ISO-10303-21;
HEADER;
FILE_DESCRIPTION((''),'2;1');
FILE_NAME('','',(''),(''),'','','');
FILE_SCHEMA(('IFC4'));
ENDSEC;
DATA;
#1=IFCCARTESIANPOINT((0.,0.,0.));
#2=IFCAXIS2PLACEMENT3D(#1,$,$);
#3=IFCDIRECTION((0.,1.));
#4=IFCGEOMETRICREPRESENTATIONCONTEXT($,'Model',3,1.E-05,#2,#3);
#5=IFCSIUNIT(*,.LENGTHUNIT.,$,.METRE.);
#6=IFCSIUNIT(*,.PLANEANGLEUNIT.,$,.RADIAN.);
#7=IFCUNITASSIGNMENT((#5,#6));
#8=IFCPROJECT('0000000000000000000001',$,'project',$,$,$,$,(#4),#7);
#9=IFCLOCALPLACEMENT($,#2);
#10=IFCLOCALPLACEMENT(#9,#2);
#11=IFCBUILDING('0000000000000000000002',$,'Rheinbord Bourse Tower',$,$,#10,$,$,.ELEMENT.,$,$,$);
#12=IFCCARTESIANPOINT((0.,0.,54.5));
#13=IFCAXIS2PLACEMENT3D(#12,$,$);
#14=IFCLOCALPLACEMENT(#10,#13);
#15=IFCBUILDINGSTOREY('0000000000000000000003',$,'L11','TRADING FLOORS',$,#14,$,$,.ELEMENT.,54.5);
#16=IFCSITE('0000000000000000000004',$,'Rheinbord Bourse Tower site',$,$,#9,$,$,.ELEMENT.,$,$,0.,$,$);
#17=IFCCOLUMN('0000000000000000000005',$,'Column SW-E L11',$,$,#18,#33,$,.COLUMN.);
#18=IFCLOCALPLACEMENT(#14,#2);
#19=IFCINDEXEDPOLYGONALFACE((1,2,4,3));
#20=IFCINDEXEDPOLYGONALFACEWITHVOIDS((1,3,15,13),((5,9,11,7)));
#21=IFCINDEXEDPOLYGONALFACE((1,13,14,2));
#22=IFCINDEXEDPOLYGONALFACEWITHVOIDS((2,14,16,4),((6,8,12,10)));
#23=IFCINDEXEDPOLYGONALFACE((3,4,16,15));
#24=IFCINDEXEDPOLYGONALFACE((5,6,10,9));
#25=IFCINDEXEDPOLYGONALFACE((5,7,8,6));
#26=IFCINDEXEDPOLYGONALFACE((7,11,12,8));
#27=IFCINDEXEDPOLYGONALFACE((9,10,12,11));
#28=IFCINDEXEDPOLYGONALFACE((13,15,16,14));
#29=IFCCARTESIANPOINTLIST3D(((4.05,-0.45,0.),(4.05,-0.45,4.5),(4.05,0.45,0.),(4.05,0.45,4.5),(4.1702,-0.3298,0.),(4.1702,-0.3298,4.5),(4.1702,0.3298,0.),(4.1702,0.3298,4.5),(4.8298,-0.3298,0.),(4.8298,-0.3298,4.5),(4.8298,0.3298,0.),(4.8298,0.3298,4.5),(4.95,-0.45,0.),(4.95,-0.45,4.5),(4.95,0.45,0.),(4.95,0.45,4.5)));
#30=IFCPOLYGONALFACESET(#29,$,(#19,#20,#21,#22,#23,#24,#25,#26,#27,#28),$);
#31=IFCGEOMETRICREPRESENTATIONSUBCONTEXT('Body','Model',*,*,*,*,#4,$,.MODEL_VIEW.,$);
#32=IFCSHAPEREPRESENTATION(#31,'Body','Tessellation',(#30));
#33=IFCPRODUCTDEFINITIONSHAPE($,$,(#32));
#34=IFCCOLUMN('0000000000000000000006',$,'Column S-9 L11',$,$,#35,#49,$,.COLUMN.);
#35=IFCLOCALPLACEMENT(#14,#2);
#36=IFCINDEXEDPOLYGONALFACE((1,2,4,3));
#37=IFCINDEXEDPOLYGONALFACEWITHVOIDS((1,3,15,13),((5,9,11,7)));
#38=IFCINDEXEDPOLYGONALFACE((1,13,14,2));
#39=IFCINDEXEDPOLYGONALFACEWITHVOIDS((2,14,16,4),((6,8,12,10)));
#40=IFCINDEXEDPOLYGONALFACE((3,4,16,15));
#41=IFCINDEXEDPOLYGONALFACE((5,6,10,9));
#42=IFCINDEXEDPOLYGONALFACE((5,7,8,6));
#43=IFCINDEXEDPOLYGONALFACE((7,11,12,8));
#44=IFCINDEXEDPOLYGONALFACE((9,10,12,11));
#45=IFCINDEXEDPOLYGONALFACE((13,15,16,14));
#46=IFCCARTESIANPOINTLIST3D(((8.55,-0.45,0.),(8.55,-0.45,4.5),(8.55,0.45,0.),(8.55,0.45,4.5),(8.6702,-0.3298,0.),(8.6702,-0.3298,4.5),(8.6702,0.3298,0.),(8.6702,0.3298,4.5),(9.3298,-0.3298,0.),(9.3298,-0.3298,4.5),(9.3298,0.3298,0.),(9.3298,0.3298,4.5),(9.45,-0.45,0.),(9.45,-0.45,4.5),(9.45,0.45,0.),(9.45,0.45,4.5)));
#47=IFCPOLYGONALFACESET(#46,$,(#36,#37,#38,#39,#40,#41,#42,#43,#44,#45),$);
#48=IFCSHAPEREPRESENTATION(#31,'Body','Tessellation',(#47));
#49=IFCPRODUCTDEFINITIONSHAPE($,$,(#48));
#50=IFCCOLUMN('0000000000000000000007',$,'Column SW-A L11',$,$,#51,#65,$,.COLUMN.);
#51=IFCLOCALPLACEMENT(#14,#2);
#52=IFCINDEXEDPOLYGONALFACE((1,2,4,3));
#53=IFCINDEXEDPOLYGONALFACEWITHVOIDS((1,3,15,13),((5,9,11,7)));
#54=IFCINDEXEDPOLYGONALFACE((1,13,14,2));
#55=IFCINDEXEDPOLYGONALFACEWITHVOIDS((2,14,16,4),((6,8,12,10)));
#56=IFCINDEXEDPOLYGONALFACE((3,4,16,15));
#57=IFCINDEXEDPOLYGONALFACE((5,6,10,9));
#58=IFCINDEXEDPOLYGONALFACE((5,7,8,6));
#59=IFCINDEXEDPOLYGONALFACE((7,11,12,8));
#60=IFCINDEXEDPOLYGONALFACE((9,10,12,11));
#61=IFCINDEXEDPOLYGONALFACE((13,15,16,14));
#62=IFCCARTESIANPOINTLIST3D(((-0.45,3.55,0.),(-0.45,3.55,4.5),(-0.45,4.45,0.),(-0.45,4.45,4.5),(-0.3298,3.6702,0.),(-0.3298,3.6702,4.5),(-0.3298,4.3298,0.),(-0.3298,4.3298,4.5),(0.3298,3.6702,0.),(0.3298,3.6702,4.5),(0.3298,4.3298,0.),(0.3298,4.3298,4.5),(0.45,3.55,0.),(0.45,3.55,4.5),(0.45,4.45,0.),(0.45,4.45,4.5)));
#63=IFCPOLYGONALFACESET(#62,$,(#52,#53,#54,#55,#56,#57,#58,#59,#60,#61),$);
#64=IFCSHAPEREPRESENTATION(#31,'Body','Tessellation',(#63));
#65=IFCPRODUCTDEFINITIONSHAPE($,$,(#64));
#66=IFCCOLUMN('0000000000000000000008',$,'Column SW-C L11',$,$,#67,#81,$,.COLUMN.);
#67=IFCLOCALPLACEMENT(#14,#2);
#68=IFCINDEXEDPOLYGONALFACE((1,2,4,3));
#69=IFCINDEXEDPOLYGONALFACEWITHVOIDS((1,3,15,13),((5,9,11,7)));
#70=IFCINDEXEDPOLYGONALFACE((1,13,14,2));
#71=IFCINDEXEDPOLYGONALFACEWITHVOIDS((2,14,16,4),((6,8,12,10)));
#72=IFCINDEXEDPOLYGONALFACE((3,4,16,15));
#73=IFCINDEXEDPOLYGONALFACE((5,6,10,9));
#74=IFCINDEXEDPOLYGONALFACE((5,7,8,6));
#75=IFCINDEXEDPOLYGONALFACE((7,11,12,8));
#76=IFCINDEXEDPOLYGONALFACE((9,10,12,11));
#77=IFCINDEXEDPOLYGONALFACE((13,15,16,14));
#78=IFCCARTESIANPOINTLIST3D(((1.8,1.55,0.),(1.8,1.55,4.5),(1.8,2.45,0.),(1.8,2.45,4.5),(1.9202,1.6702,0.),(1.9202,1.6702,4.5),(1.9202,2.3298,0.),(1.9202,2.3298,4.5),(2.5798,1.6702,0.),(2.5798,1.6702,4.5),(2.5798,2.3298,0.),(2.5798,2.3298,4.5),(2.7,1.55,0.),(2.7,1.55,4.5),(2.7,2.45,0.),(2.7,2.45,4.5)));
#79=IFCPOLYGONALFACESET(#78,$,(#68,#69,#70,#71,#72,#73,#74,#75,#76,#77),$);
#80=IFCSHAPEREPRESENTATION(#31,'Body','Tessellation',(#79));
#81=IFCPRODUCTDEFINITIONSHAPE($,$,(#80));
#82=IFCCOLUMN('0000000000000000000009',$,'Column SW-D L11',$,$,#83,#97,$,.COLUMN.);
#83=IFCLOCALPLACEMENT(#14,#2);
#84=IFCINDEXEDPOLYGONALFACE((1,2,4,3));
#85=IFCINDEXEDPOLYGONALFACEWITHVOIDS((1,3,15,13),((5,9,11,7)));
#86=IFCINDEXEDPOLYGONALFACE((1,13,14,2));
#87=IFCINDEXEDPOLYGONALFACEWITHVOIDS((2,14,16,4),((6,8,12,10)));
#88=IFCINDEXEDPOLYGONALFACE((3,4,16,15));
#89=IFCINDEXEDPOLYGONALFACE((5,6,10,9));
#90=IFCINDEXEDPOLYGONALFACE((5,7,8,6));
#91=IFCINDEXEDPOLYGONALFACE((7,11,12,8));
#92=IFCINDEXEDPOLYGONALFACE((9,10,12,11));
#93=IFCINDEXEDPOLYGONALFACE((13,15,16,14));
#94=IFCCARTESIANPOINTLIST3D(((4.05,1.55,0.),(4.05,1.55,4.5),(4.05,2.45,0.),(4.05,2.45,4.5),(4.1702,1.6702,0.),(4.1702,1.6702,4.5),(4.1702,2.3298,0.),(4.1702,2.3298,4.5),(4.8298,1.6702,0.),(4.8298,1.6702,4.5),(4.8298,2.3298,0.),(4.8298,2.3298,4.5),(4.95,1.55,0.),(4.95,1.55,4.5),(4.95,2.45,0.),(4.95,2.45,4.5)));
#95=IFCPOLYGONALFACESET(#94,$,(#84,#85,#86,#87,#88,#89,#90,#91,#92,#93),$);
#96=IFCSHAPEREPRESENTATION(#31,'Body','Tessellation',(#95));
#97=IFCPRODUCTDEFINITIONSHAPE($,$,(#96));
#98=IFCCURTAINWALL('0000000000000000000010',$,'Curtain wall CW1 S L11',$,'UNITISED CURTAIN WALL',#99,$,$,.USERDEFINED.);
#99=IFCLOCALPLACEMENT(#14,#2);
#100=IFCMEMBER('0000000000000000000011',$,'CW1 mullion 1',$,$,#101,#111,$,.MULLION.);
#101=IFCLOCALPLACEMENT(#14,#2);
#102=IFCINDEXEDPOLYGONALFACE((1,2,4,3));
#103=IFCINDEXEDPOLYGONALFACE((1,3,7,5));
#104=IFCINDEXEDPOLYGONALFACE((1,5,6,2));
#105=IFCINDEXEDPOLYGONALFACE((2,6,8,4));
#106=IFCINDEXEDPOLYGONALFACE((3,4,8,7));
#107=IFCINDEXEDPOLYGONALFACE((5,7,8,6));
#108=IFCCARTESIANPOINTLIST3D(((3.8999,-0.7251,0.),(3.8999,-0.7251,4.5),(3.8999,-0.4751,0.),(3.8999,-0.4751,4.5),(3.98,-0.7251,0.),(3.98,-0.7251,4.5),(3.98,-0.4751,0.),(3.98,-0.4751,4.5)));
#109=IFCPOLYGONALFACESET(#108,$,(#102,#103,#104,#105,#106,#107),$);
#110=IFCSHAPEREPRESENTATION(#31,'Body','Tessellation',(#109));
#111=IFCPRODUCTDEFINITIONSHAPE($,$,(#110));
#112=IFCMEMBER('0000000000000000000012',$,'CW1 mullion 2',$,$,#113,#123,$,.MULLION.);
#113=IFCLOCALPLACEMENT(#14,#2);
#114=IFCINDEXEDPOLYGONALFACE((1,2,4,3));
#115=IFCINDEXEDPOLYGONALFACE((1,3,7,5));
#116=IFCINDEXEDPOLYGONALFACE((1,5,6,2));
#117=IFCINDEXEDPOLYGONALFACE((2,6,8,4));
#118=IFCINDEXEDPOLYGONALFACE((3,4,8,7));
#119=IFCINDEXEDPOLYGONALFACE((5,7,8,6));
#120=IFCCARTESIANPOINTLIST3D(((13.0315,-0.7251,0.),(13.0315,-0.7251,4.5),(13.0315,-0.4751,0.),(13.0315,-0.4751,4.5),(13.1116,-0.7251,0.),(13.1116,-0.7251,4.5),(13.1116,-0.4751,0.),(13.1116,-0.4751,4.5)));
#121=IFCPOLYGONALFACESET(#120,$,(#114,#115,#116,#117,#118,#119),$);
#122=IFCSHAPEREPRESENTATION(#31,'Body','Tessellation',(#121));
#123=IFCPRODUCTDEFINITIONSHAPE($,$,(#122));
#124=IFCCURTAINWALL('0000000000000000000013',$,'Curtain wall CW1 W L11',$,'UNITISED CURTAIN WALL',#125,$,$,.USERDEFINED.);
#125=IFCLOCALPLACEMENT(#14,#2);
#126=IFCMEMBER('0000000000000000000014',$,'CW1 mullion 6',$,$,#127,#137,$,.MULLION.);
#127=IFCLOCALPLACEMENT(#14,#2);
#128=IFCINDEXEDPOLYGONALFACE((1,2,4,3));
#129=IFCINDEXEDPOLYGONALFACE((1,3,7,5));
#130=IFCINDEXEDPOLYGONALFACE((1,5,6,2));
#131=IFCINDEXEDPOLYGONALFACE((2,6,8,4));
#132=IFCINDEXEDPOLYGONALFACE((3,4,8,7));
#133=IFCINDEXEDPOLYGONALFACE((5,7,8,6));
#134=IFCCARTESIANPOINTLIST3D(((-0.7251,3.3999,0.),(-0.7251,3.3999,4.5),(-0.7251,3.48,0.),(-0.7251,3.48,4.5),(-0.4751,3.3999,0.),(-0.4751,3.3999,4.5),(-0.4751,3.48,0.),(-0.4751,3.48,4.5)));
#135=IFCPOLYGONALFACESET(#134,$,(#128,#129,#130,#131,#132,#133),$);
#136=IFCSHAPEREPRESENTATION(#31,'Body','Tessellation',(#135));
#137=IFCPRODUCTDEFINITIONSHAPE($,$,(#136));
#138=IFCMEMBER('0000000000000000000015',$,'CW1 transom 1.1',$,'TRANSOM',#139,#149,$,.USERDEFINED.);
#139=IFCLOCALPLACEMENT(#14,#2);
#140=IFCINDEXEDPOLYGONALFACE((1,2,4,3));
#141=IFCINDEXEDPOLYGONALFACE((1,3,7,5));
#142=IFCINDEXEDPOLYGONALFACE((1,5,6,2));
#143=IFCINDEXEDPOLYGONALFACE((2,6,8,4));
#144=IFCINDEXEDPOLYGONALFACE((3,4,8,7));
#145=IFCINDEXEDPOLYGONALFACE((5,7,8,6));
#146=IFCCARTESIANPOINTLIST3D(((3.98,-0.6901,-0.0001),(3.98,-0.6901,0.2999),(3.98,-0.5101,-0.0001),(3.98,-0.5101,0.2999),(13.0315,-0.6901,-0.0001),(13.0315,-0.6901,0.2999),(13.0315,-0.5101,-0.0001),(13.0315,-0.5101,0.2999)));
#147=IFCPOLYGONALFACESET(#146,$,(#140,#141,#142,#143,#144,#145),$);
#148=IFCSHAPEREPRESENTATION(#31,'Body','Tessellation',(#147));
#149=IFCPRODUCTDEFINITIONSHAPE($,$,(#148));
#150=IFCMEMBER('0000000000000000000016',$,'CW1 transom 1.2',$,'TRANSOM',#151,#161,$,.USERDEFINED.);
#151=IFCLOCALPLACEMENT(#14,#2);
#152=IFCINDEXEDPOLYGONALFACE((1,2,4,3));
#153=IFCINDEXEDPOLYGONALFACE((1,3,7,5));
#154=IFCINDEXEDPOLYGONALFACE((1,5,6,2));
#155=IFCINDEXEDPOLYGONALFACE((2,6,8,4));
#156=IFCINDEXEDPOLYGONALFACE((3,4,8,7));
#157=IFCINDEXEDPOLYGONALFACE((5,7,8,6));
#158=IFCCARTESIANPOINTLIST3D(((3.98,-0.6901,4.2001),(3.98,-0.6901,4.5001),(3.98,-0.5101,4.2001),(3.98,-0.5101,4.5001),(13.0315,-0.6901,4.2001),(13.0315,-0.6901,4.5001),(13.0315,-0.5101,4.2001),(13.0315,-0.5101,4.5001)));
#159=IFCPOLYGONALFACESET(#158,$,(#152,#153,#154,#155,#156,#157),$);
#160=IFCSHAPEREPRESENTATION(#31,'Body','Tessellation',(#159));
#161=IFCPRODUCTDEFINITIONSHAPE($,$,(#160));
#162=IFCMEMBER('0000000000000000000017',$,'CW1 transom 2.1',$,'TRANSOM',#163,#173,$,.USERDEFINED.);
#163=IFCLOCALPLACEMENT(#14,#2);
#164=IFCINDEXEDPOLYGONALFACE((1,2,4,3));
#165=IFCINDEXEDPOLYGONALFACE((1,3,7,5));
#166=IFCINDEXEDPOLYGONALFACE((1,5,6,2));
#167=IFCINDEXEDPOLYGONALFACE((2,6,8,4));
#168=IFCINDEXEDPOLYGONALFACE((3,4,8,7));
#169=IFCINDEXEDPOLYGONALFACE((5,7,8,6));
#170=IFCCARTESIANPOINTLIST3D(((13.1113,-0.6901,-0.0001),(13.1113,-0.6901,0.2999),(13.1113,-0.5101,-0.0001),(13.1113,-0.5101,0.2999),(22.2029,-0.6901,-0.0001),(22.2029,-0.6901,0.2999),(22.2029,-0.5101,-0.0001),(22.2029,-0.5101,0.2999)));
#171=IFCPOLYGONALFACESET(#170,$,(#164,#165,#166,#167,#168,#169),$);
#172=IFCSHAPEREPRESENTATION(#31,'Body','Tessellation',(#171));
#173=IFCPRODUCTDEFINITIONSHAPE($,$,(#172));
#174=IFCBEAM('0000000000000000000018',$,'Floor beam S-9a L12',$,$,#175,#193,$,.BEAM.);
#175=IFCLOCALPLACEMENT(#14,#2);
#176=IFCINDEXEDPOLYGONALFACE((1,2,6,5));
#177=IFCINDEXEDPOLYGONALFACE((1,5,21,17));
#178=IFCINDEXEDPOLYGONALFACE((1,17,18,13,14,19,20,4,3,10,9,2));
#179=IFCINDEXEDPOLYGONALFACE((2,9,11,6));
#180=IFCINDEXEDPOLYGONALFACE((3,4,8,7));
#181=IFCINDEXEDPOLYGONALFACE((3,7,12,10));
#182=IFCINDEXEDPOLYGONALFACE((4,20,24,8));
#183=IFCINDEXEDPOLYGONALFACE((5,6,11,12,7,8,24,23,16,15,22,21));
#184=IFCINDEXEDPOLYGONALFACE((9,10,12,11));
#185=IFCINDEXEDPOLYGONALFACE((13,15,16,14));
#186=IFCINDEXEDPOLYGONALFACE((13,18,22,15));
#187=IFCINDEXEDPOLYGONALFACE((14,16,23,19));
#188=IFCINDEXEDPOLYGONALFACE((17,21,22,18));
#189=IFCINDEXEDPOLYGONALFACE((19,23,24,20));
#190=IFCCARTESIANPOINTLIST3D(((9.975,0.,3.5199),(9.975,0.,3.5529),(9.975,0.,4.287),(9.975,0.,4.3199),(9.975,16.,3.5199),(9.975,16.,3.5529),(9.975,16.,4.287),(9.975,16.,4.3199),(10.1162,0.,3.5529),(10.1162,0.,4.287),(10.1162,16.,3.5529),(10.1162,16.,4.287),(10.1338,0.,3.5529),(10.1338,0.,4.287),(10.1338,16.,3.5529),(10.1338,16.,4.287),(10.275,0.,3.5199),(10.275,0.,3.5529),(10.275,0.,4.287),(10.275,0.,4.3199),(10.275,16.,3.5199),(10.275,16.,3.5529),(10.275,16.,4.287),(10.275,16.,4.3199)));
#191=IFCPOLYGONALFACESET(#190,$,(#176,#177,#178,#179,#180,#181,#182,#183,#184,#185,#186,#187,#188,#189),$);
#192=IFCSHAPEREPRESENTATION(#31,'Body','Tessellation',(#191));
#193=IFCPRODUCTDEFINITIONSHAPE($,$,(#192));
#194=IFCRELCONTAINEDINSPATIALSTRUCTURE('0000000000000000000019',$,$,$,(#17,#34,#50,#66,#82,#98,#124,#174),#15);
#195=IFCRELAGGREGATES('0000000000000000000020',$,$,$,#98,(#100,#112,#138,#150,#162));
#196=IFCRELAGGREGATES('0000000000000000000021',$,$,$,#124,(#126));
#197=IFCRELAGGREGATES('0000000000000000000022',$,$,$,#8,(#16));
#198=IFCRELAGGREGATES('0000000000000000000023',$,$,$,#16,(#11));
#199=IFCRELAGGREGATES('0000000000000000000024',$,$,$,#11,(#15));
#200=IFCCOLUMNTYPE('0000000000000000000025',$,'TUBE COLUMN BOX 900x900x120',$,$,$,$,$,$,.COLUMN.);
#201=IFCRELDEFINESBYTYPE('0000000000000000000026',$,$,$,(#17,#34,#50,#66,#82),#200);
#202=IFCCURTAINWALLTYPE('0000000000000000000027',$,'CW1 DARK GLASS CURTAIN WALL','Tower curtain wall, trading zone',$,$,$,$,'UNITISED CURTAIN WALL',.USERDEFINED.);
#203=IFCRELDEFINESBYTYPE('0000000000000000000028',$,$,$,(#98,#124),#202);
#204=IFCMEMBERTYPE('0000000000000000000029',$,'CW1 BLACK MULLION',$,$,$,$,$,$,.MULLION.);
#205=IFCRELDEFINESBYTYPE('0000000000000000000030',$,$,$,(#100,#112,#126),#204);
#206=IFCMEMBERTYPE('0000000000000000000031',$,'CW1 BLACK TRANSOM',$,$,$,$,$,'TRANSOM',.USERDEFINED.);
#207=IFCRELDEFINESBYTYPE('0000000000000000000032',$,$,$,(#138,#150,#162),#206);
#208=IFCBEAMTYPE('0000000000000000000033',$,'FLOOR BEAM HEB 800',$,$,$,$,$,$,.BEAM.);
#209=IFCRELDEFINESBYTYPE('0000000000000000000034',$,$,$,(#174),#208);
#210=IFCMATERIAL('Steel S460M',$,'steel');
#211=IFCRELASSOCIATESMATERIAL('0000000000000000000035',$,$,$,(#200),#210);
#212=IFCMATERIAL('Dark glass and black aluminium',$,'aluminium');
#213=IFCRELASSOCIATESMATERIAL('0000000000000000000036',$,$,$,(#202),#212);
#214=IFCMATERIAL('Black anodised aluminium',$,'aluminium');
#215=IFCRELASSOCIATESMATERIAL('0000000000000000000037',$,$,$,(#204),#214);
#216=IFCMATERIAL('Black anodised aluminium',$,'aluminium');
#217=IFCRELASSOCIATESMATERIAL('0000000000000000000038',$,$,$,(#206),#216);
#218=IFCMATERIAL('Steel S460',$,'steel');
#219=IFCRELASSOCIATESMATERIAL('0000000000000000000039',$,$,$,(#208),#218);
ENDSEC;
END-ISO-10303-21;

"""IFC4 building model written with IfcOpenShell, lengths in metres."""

from ifc_helpers import new_model, si_unit, direction, frame, origin, origin_2d, place, context, subcontext, project, spatial, rectangle, hollow_rectangle, i_section, extrude, material, material_profile, profile_set, type_object, element, aggregate, save


model = new_model("IFC4")

# Units and contexts
model_context = context("Model", 3, precision=1e-05, world=origin(), true_north=direction((0.0, 1.0)))
body_context = subcontext(model_context, "Body", "Model", "MODEL_VIEW")
ifc_project = project(units=[si_unit("LENGTHUNIT", "METRE"), si_unit("PLANEANGLEUNIT", "RADIAN")], contexts=[model_context])

# Site, building, storey
site_placement = place(None, origin())
site = spatial("IfcSite", under=ifc_project, at=site_placement, Name="Rheinbord Bourse Tower site", CompositionType="ELEMENT", RefElevation=0.0)
building_placement = place(site_placement, origin())
building = spatial("IfcBuilding", under=site, at=building_placement, Name="Rheinbord Bourse Tower", CompositionType="ELEMENT")
storey_placement = place(building_placement, frame((0.0, 0.0, 54.5)))
storey = spatial("IfcBuildingStorey", under=building, at=storey_placement, Name="L11", Description="TRADING FLOORS", CompositionType="ELEMENT", Elevation=54.5)

# Columns
ifc_material_1 = material(Name="Steel S460M", Category="steel")
ifc_material_profile_1 = material_profile(ifc_material_1, hollow_rectangle(XDim=0.8999, YDim=0.8999, WallThickness=0.1201, at=origin_2d()), Name="BOX 900x900x120")
ifc_profile_set_1 = profile_set([ifc_material_profile_1], Name="Steel S460M")
column_type = type_object("IfcColumnType", Name="TUBE COLUMN BOX 900x900x120", PredefinedType="COLUMN", material=ifc_profile_set_1)
for number, where, z_axis, x_axis, name in (
    (1, (4.5, 0.0, 0.0), (0.0, 0.0, 1.0), (0.0, 1.0, 0.0), "Column SW-E L11"),
    (2, (9.0, 0.0, 0.0), (0.0, 0.0, 1.0), (0.0, 1.0, 0.0), "Column S-9 L11"),
    (3, (0.0, 4.0, 0.0), (0.0, 0.0, 1.0), (1.0, 0.0, 0.0), "Column SW-A L11"),
    (4, (2.25, 2.0, 0.0), (0.0, 0.0, 1.0), (1.0, 0.0, 0.0), "Column SW-C L11"),
    (5, (4.5, 2.0, 0.0), (0.0, 0.0, 1.0), (0.0, 1.0, 0.0), "Column SW-D L11"),
):
    element("IfcColumn", number, at=place(storey_placement, frame(where, z_axis=z_axis, x_axis=x_axis)), inside=storey, type_object=column_type, Name=name, PredefinedType="COLUMN", context=body_context, shape_type="SweptSolid", body=[
        extrude(hollow_rectangle(XDim=0.8999, YDim=0.8999, WallThickness=0.1201, at=origin_2d()), origin(), (0.0, 0.0, 1.0), 4.5),
    ])

# Curtain wall, members
ifc_material_2 = material(Name="Dark glass and black aluminium", Category="aluminium")
curtain_wall_type = type_object("IfcCurtainWallType", Name="CW1 DARK GLASS CURTAIN WALL", Description="Tower curtain wall, trading zone", ElementType="UNITISED CURTAIN WALL", PredefinedType="USERDEFINED", material=ifc_material_2)
curtain_wall_1_placement = place(storey_placement, origin())
curtain_wall_1 = element("IfcCurtainWall", 6, at=curtain_wall_1_placement, inside=storey, type_object=curtain_wall_type, Name="Curtain wall CW1 S L11", ObjectType="UNITISED CURTAIN WALL", PredefinedType="USERDEFINED")
ifc_material_3 = material(Name="Black anodised aluminium", Category="aluminium")
ifc_material_profile_2 = material_profile(ifc_material_3, rectangle(XDim=0.25, YDim=0.0801, at=origin_2d()), Name="CW1 MULLION 80x250")
ifc_profile_set_2 = profile_set([ifc_material_profile_2], Name="Black anodised aluminium")
member_type_1 = type_object("IfcMemberType", Name="CW1 BLACK MULLION", PredefinedType="MULLION", material=ifc_profile_set_2)
member_1_placement = place(storey_placement, frame((3.9399, -0.6001, 0.0), z_axis=(0.0, 0.0, 1.0), x_axis=(0.0, 1.0, 0.0)))
member_1 = element("IfcMember", 7, at=member_1_placement, type_object=member_type_1, Name="CW1 mullion 1", PredefinedType="MULLION", context=body_context, shape_type="SweptSolid", body=[
    extrude(rectangle(XDim=0.25, YDim=0.0801, at=origin_2d()), origin(), (0.0, 0.0, 1.0), 4.5),
])
member_2_placement = place(storey_placement, frame((13.0715, -0.6001, 0.0), z_axis=(0.0, 0.0, 1.0), x_axis=(0.0, 1.0, 0.0)))
member_2 = element("IfcMember", 8, at=member_2_placement, type_object=member_type_1, Name="CW1 mullion 2", PredefinedType="MULLION", context=body_context, shape_type="SweptSolid", body=[
    extrude(rectangle(XDim=0.25, YDim=0.0801, at=origin_2d()), origin(), (0.0, 0.0, 1.0), 4.5),
])

# Curtain wall, member
curtain_wall_2_placement = place(storey_placement, origin())
curtain_wall_2 = element("IfcCurtainWall", 9, at=curtain_wall_2_placement, inside=storey, type_object=curtain_wall_type, Name="Curtain wall CW1 W L11", ObjectType="UNITISED CURTAIN WALL", PredefinedType="USERDEFINED")
member_3_placement = place(storey_placement, frame((-0.6001, 3.4399, 0.0), z_axis=(0.0, 0.0, 1.0), x_axis=(1.0, 0.0, 0.0)))
member_3 = element("IfcMember", 10, at=member_3_placement, type_object=member_type_1, Name="CW1 mullion 6", PredefinedType="MULLION", context=body_context, shape_type="SweptSolid", body=[
    extrude(rectangle(XDim=0.25, YDim=0.0801, at=origin_2d()), origin(), (0.0, 0.0, 1.0), 4.5),
])

# Members
ifc_material_4 = material(Name="Black anodised aluminium", Category="aluminium")
ifc_material_profile_3 = material_profile(ifc_material_4, rectangle(XDim=0.1799, YDim=0.3, at=origin_2d()), Name="CW1 TRANSOM 300x180")
ifc_profile_set_3 = profile_set([ifc_material_profile_3], Name="Black anodised aluminium")
member_type_2 = type_object("IfcMemberType", Name="CW1 BLACK TRANSOM", ElementType="TRANSOM", PredefinedType="USERDEFINED", material=ifc_profile_set_3)
member_4_placement = place(storey_placement, frame((3.98, -0.6001, 0.1499), z_axis=(1.0, 0.0, 0.0), x_axis=(0.0, 1.0, 0.0)))
member_4 = element("IfcMember", 11, at=member_4_placement, type_object=member_type_2, Name="CW1 transom 1.1", ObjectType="TRANSOM", PredefinedType="USERDEFINED", context=body_context, shape_type="SweptSolid", body=[
    extrude(rectangle(XDim=0.1799, YDim=0.3, at=origin_2d()), origin(), (0.0, 0.0, 1.0), 9.0515),
])
member_5_placement = place(storey_placement, frame((3.98, -0.6001, 4.3501), z_axis=(1.0, 0.0, 0.0), x_axis=(0.0, 1.0, 0.0)))
member_5 = element("IfcMember", 12, at=member_5_placement, type_object=member_type_2, Name="CW1 transom 1.2", ObjectType="TRANSOM", PredefinedType="USERDEFINED", context=body_context, shape_type="SweptSolid", body=[
    extrude(rectangle(XDim=0.1799, YDim=0.3, at=origin_2d()), origin(), (0.0, 0.0, 1.0), 9.0515),
])
member_6_placement = place(storey_placement, frame((13.1113, -0.6001, 0.1499), z_axis=(1.0, 0.0, 0.0), x_axis=(0.0, 1.0, 0.0)))
member_6 = element("IfcMember", 13, at=member_6_placement, type_object=member_type_2, Name="CW1 transom 2.1", ObjectType="TRANSOM", PredefinedType="USERDEFINED", context=body_context, shape_type="SweptSolid", body=[
    extrude(rectangle(XDim=0.1799, YDim=0.3, at=origin_2d()), origin(), (0.0, 0.0, 1.0), 9.0916),
])

# Beam
ifc_material_5 = material(Name="Steel S460", Category="steel")
ifc_material_profile_4 = material_profile(ifc_material_5, i_section(OverallWidth=0.3, OverallDepth=0.8, WebThickness=0.0176, FlangeThickness=0.033, at=origin_2d()), Name="HEB 800")
ifc_profile_set_4 = profile_set([ifc_material_profile_4], Name="Steel S460")
beam_type_1 = type_object("IfcBeamType", Name="FLOOR BEAM HEB 800", PredefinedType="BEAM", material=ifc_profile_set_4)
for number, where, z_axis, x_axis, name in (
    (14, (10.125, 0.0, 3.9199), (0.0, 1.0, 0.0), (-1.0, 0.0, 0.0), "Floor beam S-9a L12"),
):
    element("IfcBeam", number, at=place(storey_placement, frame(where, z_axis=z_axis, x_axis=x_axis)), inside=storey, type_object=beam_type_1, Name=name, PredefinedType="BEAM", context=body_context, shape_type="SweptSolid", body=[
        extrude(i_section(OverallWidth=0.3, OverallDepth=0.8, WebThickness=0.0176, FlangeThickness=0.033, at=origin_2d()), origin(), (0.0, 0.0, 1.0), 16.0),
    ])

aggregate(curtain_wall_1, [member_1, member_2, member_4, member_5, member_6])
aggregate(curtain_wall_2, [member_3])

save(model, "model.ifc")
